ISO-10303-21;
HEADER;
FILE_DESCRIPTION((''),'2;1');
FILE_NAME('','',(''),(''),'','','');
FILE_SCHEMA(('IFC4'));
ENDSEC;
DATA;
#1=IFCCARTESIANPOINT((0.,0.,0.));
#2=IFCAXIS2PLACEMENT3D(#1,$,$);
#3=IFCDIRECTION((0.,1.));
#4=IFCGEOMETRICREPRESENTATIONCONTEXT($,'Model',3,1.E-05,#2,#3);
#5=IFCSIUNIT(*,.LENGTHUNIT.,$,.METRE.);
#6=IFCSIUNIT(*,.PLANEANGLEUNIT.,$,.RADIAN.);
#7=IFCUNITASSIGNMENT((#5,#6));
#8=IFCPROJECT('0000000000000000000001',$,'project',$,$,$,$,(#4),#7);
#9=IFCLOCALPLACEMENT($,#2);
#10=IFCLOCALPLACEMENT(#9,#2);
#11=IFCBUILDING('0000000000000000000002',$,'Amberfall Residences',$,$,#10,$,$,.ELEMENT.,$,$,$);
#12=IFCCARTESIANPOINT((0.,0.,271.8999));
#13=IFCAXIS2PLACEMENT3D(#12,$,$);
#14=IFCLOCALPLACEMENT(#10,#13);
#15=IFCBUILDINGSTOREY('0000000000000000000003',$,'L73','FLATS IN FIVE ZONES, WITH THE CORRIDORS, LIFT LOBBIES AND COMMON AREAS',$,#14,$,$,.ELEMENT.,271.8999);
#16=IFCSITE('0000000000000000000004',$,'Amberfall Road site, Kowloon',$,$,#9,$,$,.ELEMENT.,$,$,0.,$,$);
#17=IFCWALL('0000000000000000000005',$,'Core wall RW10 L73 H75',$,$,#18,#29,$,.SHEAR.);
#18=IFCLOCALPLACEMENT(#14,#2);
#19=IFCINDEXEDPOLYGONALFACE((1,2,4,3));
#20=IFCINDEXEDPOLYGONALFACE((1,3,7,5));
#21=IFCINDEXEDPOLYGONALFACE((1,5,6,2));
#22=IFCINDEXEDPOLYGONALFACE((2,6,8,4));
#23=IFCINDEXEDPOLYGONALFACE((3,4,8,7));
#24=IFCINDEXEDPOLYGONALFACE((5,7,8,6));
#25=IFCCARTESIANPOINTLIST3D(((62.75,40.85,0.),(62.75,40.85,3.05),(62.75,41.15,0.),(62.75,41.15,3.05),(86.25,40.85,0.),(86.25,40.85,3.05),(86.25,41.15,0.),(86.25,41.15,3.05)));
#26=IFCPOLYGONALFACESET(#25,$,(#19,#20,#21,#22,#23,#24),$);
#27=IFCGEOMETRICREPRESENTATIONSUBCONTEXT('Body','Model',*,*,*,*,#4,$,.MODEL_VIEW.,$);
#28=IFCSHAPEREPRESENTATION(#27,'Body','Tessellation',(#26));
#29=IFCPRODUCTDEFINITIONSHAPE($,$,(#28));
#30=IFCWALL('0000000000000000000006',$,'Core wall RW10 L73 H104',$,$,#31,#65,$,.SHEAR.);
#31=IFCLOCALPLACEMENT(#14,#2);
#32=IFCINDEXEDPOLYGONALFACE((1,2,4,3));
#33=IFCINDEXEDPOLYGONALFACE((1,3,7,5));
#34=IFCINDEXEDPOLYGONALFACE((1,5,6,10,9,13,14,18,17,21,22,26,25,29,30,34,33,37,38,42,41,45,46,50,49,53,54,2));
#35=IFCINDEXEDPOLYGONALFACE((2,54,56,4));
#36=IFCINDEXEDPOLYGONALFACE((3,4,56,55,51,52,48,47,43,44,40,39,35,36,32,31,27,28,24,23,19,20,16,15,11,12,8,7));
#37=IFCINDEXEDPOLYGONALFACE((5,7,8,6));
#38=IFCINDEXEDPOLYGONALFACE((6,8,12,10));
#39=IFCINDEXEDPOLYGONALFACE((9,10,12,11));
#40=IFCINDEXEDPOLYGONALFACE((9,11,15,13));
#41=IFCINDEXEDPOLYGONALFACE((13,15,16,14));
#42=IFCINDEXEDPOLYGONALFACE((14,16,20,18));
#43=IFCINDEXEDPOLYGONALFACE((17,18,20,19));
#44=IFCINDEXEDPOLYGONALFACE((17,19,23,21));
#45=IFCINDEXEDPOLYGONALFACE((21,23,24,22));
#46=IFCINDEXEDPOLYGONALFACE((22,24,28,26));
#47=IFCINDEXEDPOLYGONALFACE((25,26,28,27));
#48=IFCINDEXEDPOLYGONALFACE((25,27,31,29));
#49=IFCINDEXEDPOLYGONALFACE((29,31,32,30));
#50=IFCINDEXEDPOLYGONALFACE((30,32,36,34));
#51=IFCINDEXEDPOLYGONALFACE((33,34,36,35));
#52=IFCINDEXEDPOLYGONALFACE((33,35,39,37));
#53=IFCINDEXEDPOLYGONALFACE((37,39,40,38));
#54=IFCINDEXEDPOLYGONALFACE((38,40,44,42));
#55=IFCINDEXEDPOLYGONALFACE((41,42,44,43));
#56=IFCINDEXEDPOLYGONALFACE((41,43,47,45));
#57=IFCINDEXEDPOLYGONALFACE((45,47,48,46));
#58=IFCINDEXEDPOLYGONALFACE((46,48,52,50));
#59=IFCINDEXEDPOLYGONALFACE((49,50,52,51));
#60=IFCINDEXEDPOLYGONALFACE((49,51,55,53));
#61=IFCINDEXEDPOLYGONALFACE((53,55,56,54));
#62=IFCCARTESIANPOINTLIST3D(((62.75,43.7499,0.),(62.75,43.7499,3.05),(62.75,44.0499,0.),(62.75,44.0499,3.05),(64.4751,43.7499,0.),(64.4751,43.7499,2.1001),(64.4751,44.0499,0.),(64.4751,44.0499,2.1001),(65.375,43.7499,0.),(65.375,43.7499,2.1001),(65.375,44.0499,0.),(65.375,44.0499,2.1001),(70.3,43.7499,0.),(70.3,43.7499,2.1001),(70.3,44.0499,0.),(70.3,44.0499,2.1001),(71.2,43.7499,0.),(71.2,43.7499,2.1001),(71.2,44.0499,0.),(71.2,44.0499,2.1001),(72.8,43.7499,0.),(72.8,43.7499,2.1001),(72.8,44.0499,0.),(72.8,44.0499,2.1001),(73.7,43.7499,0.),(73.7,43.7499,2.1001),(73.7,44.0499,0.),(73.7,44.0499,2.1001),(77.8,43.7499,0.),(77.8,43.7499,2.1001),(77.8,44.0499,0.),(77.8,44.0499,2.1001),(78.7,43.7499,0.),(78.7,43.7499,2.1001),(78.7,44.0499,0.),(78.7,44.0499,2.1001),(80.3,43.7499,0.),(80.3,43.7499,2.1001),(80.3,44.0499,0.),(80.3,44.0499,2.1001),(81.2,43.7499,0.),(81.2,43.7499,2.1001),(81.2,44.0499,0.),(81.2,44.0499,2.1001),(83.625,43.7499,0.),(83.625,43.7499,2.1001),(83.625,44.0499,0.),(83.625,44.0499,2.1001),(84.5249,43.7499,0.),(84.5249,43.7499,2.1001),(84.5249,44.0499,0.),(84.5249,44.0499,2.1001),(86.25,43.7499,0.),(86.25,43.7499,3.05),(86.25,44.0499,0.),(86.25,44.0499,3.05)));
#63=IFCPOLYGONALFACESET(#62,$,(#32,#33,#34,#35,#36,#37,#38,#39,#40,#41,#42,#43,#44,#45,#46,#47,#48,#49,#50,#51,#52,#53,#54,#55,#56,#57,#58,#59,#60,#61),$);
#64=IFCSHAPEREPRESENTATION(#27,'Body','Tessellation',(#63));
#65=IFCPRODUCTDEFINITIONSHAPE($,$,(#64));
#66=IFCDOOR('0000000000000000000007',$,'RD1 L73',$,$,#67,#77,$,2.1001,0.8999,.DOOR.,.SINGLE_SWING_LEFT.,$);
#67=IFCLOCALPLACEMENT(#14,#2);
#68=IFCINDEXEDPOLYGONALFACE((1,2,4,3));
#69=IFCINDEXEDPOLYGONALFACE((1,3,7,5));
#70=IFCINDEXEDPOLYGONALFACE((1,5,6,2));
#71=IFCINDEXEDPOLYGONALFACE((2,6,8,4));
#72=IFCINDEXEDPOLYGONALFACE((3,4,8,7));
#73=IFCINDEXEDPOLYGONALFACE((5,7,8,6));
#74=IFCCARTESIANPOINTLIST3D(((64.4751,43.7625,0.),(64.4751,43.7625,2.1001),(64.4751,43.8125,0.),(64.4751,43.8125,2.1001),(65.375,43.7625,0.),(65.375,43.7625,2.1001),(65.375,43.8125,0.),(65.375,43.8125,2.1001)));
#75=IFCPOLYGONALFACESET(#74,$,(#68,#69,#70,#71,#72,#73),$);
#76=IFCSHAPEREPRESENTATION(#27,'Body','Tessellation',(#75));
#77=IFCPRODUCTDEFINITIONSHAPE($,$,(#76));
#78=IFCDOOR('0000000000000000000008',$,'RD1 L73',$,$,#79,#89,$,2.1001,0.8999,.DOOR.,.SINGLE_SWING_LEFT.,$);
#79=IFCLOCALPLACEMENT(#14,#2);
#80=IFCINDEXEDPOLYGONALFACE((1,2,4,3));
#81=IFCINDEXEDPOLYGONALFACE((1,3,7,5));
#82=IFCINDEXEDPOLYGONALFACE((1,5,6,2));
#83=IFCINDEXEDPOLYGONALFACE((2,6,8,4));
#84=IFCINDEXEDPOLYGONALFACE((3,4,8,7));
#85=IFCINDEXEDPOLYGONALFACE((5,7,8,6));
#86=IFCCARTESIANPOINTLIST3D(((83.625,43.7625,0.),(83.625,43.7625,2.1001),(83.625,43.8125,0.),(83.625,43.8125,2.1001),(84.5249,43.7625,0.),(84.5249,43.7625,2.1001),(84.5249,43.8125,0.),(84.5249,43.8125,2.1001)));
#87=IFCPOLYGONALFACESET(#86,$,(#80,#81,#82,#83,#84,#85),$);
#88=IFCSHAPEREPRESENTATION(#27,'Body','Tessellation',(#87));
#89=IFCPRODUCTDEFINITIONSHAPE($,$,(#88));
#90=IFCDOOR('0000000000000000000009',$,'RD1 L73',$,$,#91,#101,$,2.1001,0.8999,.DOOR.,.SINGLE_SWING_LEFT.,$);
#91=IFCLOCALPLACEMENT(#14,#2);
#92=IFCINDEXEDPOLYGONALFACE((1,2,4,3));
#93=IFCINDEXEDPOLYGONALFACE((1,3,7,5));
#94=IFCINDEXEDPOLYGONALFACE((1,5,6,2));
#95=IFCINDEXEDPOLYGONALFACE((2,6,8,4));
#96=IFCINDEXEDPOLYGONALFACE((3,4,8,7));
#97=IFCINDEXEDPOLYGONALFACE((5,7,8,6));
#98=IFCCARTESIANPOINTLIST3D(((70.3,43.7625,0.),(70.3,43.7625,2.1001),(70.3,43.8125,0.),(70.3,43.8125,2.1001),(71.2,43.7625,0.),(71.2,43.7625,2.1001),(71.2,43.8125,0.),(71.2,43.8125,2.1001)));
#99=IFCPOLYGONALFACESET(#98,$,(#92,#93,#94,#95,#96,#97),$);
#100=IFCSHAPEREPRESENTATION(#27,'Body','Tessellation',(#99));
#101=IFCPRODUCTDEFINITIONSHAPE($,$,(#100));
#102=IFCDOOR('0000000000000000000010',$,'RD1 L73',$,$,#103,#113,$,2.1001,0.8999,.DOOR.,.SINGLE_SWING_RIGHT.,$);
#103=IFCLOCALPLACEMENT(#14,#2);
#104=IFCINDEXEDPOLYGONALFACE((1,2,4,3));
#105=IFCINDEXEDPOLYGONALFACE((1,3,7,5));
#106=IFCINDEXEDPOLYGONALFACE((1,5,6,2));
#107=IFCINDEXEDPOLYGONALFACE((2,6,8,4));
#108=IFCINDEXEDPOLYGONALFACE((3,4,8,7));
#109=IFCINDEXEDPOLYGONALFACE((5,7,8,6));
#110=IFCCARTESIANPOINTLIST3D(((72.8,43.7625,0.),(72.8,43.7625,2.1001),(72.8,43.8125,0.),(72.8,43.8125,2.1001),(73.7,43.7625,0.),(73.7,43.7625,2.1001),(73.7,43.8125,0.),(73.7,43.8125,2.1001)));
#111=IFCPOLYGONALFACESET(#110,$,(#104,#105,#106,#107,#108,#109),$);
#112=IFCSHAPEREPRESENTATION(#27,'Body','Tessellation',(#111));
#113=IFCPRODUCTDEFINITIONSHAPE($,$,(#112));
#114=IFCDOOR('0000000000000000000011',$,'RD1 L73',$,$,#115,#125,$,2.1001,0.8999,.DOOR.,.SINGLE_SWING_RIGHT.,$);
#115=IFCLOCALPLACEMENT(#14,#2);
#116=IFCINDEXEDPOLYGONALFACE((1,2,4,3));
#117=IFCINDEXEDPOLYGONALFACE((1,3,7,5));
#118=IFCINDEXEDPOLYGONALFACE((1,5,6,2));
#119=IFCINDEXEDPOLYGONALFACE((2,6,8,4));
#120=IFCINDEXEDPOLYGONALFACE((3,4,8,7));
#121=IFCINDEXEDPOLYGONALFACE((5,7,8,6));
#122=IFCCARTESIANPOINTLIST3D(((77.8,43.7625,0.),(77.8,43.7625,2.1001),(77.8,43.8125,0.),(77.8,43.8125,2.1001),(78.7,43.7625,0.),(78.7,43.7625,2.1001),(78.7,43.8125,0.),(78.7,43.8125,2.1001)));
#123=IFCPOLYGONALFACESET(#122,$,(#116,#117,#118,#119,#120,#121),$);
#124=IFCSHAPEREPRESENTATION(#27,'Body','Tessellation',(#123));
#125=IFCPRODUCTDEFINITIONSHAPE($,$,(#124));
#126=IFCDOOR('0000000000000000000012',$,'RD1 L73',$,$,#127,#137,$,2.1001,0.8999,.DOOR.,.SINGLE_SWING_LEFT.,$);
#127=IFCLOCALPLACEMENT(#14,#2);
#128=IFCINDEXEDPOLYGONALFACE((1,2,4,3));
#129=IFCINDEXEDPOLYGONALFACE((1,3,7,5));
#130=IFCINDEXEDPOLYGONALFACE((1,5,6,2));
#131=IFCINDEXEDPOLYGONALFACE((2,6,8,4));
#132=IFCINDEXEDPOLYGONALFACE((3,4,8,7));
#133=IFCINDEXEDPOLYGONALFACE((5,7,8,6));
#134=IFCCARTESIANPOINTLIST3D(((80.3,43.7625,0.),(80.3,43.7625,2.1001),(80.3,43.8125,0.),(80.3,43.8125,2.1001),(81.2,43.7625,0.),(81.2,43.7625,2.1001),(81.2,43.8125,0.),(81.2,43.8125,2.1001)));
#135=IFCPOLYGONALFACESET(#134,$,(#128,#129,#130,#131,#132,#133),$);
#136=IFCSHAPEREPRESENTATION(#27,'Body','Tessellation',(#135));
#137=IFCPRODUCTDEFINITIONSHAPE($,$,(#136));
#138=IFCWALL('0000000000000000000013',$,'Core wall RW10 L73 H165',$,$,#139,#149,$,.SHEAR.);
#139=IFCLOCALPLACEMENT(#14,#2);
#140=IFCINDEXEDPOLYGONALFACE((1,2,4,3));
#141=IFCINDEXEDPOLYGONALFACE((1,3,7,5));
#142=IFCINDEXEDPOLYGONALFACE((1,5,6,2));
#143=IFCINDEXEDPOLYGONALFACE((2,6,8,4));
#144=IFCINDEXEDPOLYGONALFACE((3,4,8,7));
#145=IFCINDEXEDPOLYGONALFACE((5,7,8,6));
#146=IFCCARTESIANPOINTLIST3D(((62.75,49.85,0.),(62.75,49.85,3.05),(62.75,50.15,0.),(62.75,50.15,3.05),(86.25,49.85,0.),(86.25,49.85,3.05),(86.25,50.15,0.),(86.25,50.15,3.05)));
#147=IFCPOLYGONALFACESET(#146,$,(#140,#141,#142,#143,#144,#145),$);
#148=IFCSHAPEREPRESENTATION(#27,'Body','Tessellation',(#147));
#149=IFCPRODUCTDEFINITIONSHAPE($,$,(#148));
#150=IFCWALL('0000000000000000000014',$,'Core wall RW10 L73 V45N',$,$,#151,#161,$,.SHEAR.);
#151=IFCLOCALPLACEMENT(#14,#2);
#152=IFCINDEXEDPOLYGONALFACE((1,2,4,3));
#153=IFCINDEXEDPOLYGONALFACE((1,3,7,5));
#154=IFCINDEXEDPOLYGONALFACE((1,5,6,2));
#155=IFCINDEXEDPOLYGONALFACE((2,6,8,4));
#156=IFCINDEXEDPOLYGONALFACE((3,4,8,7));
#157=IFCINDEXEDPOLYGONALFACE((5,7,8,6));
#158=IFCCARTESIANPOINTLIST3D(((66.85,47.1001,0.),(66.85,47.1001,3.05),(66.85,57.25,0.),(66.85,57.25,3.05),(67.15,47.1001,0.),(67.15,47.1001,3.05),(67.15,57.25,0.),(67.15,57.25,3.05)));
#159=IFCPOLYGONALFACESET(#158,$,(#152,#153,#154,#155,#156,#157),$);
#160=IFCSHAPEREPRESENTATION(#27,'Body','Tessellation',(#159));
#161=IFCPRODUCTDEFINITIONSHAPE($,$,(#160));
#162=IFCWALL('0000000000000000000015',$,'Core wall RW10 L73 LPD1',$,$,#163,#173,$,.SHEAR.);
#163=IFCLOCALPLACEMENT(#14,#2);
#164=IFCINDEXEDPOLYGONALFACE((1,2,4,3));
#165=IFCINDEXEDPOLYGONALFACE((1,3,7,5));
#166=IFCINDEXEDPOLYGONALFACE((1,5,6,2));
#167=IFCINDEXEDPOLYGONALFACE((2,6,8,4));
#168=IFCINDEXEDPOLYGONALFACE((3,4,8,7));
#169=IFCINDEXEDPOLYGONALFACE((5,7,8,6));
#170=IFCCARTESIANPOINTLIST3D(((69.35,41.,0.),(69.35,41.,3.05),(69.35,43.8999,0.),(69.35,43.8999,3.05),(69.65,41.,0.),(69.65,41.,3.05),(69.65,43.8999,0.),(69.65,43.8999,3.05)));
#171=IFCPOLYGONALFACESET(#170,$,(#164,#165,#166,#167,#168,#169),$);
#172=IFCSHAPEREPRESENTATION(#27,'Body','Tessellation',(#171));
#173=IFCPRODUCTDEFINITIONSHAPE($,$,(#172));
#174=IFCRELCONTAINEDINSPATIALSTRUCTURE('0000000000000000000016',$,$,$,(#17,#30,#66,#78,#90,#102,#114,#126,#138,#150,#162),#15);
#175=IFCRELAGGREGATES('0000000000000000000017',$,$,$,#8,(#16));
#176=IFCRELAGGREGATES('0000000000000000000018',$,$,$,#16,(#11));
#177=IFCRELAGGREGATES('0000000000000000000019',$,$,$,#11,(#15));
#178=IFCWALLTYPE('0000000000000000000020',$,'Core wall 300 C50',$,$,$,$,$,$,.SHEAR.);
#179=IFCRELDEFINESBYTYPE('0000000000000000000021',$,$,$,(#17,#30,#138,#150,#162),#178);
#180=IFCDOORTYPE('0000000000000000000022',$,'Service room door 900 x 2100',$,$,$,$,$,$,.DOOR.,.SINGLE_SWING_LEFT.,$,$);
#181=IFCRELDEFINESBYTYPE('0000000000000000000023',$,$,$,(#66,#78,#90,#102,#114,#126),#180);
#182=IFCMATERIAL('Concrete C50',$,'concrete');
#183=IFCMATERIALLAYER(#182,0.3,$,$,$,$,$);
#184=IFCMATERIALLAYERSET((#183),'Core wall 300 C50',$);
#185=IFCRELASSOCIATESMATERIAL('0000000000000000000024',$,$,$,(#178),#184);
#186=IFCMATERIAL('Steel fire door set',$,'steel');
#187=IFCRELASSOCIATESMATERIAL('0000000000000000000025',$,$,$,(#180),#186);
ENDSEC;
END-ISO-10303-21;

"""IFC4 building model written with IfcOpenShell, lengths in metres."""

from ifc_helpers import new_model, si_unit, direction, frame, frame_2d, origin, place, context, subcontext, project, spatial, rectangle, extrude, material, layer, layer_set, type_object, element, fill, save


model = new_model("IFC4")

# Units and contexts
model_context = context("Model", 3, precision=1e-05, world=origin(), true_north=direction((0.0, 1.0)))
body_context = subcontext(model_context, "Body", "Model", "MODEL_VIEW")
ifc_project = project(units=[si_unit("LENGTHUNIT", "METRE"), si_unit("PLANEANGLEUNIT", "RADIAN")], contexts=[model_context])

# Site, building, storey
site_placement = place(None, origin())
site = spatial("IfcSite", under=ifc_project, at=site_placement, Name="Amberfall Road site, Kowloon", CompositionType="ELEMENT", RefElevation=0.0)
building_placement = place(site_placement, origin())
building = spatial("IfcBuilding", under=site, at=building_placement, Name="Amberfall Residences", CompositionType="ELEMENT")
storey_placement = place(building_placement, frame((0.0, 0.0, 271.8999)))
storey = spatial("IfcBuildingStorey", under=building, at=storey_placement, Name="L73", Description="FLATS IN FIVE ZONES, WITH THE CORRIDORS, LIFT LOBBIES AND COMMON AREAS", CompositionType="ELEMENT", Elevation=271.8999)

# Wall
ifc_material_1 = material(Name="Concrete C50", Category="concrete")
ifc_layer_1 = layer(ifc_material_1, 0.3)
ifc_layer_set_1 = layer_set([ifc_layer_1], Name="Core wall 300 C50")
wall_type_1 = type_object("IfcWallType", Name="Core wall 300 C50", PredefinedType="SHEAR", material=ifc_layer_set_1)
wall_1_placement = place(storey_placement, frame((62.75, 41.0, 0.0), z_axis=(0.0, 0.0, 1.0), x_axis=(1.0, 0.0, 0.0)))
element("IfcWall", 1, at=wall_1_placement, inside=storey, type_object=wall_type_1, Name="Core wall RW10 L73 H75", PredefinedType="SHEAR", context=body_context, shape_type="SweptSolid", body=[
    extrude(rectangle(XDim=23.5, YDim=0.3, at=frame_2d((11.75, 0.0))), origin(), (0.0, 0.0, 1.0), 3.05),
])

# Wall, openings, doors
wall_2_placement = place(storey_placement, frame((62.75, 43.8999, 0.0), z_axis=(0.0, 0.0, 1.0), x_axis=(1.0, 0.0, 0.0)))
wall_2 = element("IfcWall", 2, at=wall_2_placement, inside=storey, type_object=wall_type_1, Name="Core wall RW10 L73 H104", PredefinedType="SHEAR", context=body_context, shape_type="SweptSolid", body=[
    extrude(rectangle(XDim=23.5, YDim=0.3, at=frame_2d((11.75, 0.0))), origin(), (0.0, 0.0, 1.0), 3.05),
])
opening_1_placement = place(wall_2_placement, frame((1.7251, 0.0, 0.0)))
opening_1 = element("IfcOpeningElement", 3, at=opening_1_placement, cuts=wall_2, PredefinedType="OPENING", context=body_context, shape_type="SweptSolid", body=[
    extrude(rectangle(XDim=0.8999, YDim=2.1001, at=frame_2d((0.45, 1.05))), frame((0.0, 0.1599, 0.0), z_axis=(0.0, -1.0, 0.0), x_axis=(1.0, 0.0, 0.0)), (0.0, 0.0, 1.0), 0.3201),
])
opening_2_placement = place(wall_2_placement, frame((20.875, 0.0, 0.0)))
opening_2 = element("IfcOpeningElement", 4, at=opening_2_placement, cuts=wall_2, PredefinedType="OPENING", context=body_context, shape_type="SweptSolid", body=[
    extrude(rectangle(XDim=0.8999, YDim=2.1001, at=frame_2d((0.45, 1.05))), frame((0.0, 0.1599, 0.0), z_axis=(0.0, -1.0, 0.0), x_axis=(1.0, 0.0, 0.0)), (0.0, 0.0, 1.0), 0.3201),
])
opening_3_placement = place(wall_2_placement, frame((7.55, 0.0, 0.0)))
opening_3 = element("IfcOpeningElement", 5, at=opening_3_placement, cuts=wall_2, PredefinedType="OPENING", context=body_context, shape_type="SweptSolid", body=[
    extrude(rectangle(XDim=0.8999, YDim=2.1001, at=frame_2d((0.45, 1.05))), frame((0.0, 0.1599, 0.0), z_axis=(0.0, -1.0, 0.0), x_axis=(1.0, 0.0, 0.0)), (0.0, 0.0, 1.0), 0.3201),
])
opening_4_placement = place(wall_2_placement, frame((10.05, 0.0, 0.0)))
opening_4 = element("IfcOpeningElement", 6, at=opening_4_placement, cuts=wall_2, PredefinedType="OPENING", context=body_context, shape_type="SweptSolid", body=[
    extrude(rectangle(XDim=0.8999, YDim=2.1001, at=frame_2d((0.45, 1.05))), frame((0.0, 0.1599, 0.0), z_axis=(0.0, -1.0, 0.0), x_axis=(1.0, 0.0, 0.0)), (0.0, 0.0, 1.0), 0.3201),
])
opening_5_placement = place(wall_2_placement, frame((15.05, 0.0, 0.0)))
opening_5 = element("IfcOpeningElement", 7, at=opening_5_placement, cuts=wall_2, PredefinedType="OPENING", context=body_context, shape_type="SweptSolid", body=[
    extrude(rectangle(XDim=0.8999, YDim=2.1001, at=frame_2d((0.45, 1.05))), frame((0.0, 0.1599, 0.0), z_axis=(0.0, -1.0, 0.0), x_axis=(1.0, 0.0, 0.0)), (0.0, 0.0, 1.0), 0.3201),
])
opening_6_placement = place(wall_2_placement, frame((17.55, 0.0, 0.0)))
opening_6 = element("IfcOpeningElement", 8, at=opening_6_placement, cuts=wall_2, PredefinedType="OPENING", context=body_context, shape_type="SweptSolid", body=[
    extrude(rectangle(XDim=0.8999, YDim=2.1001, at=frame_2d((0.45, 1.05))), frame((0.0, 0.1599, 0.0), z_axis=(0.0, -1.0, 0.0), x_axis=(1.0, 0.0, 0.0)), (0.0, 0.0, 1.0), 0.3201),
])
ifc_material_2 = material(Name="Steel fire door set", Category="steel")
door_type_1 = type_object("IfcDoorType", Name="Service room door 900 x 2100", OperationType="SINGLE_SWING_LEFT", PredefinedType="DOOR", material=ifc_material_2)
door_1_placement = place(opening_1_placement, origin())
door_1 = element("IfcDoor", 9, at=door_1_placement, inside=storey, type_object=door_type_1, Name="RD1 L73", OperationType="SINGLE_SWING_LEFT", OverallHeight=2.1001, OverallWidth=0.8999, PredefinedType="DOOR", context=body_context, shape_type="SweptSolid", body=[
    extrude(rectangle(XDim=0.8999, YDim=2.1001, at=frame_2d((0.45, 1.05))), frame((0.0, -0.0874, 0.0), z_axis=(0.0, -1.0, 0.0), x_axis=(1.0, 0.0, 0.0)), (0.0, 0.0, 1.0), 0.05),
])
fill(opening_1, door_1)
door_2_placement = place(opening_2_placement, origin())
door_2 = element("IfcDoor", 10, at=door_2_placement, inside=storey, type_object=door_type_1, Name="RD1 L73", OperationType="SINGLE_SWING_LEFT", OverallHeight=2.1001, OverallWidth=0.8999, PredefinedType="DOOR", context=body_context, shape_type="SweptSolid", body=[
    extrude(rectangle(XDim=0.8999, YDim=2.1001, at=frame_2d((0.45, 1.05))), frame((0.0, -0.0874, 0.0), z_axis=(0.0, -1.0, 0.0), x_axis=(1.0, 0.0, 0.0)), (0.0, 0.0, 1.0), 0.05),
])
fill(opening_2, door_2)
door_3_placement = place(opening_3_placement, origin())
door_3 = element("IfcDoor", 11, at=door_3_placement, inside=storey, type_object=door_type_1, Name="RD1 L73", OperationType="SINGLE_SWING_LEFT", OverallHeight=2.1001, OverallWidth=0.8999, PredefinedType="DOOR", context=body_context, shape_type="SweptSolid", body=[
    extrude(rectangle(XDim=0.8999, YDim=2.1001, at=frame_2d((0.45, 1.05))), frame((0.0, -0.0874, 0.0), z_axis=(0.0, -1.0, 0.0), x_axis=(1.0, 0.0, 0.0)), (0.0, 0.0, 1.0), 0.05),
])
fill(opening_3, door_3)
door_4_placement = place(opening_4_placement, origin())
door_4 = element("IfcDoor", 12, at=door_4_placement, inside=storey, type_object=door_type_1, Name="RD1 L73", OperationType="SINGLE_SWING_RIGHT", OverallHeight=2.1001, OverallWidth=0.8999, PredefinedType="DOOR", context=body_context, shape_type="SweptSolid", body=[
    extrude(rectangle(XDim=0.8999, YDim=2.1001, at=frame_2d((0.45, 1.05))), frame((0.0, -0.0874, 0.0), z_axis=(0.0, -1.0, 0.0), x_axis=(1.0, 0.0, 0.0)), (0.0, 0.0, 1.0), 0.05),
])
fill(opening_4, door_4)
door_5_placement = place(opening_5_placement, origin())
door_5 = element("IfcDoor", 13, at=door_5_placement, inside=storey, type_object=door_type_1, Name="RD1 L73", OperationType="SINGLE_SWING_RIGHT", OverallHeight=2.1001, OverallWidth=0.8999, PredefinedType="DOOR", context=body_context, shape_type="SweptSolid", body=[
    extrude(rectangle(XDim=0.8999, YDim=2.1001, at=frame_2d((0.45, 1.05))), frame((0.0, -0.0874, 0.0), z_axis=(0.0, -1.0, 0.0), x_axis=(1.0, 0.0, 0.0)), (0.0, 0.0, 1.0), 0.05),
])
fill(opening_5, door_5)
door_6_placement = place(opening_6_placement, origin())
door_6 = element("IfcDoor", 14, at=door_6_placement, inside=storey, type_object=door_type_1, Name="RD1 L73", OperationType="SINGLE_SWING_LEFT", OverallHeight=2.1001, OverallWidth=0.8999, PredefinedType="DOOR", context=body_context, shape_type="SweptSolid", body=[
    extrude(rectangle(XDim=0.8999, YDim=2.1001, at=frame_2d((0.45, 1.05))), frame((0.0, -0.0874, 0.0), z_axis=(0.0, -1.0, 0.0), x_axis=(1.0, 0.0, 0.0)), (0.0, 0.0, 1.0), 0.05),
])
fill(opening_6, door_6)

# Walls
wall_3_placement = place(storey_placement, frame((62.75, 50.0, 0.0), z_axis=(0.0, 0.0, 1.0), x_axis=(1.0, 0.0, 0.0)))
element("IfcWall", 15, at=wall_3_placement, inside=storey, type_object=wall_type_1, Name="Core wall RW10 L73 H165", PredefinedType="SHEAR", context=body_context, shape_type="SweptSolid", body=[
    extrude(rectangle(XDim=23.5, YDim=0.3, at=frame_2d((11.75, 0.0))), origin(), (0.0, 0.0, 1.0), 3.05),
])
wall_4_placement = place(storey_placement, frame((67.0, 47.1001, 0.0), z_axis=(0.0, 0.0, 1.0), x_axis=(0.0, 1.0, 0.0)))
element("IfcWall", 16, at=wall_4_placement, inside=storey, type_object=wall_type_1, Name="Core wall RW10 L73 V45N", PredefinedType="SHEAR", context=body_context, shape_type="SweptSolid", body=[
    extrude(rectangle(XDim=10.1499, YDim=0.3, at=frame_2d((5.075, 0.0))), origin(), (0.0, 0.0, 1.0), 3.05),
])
for number, where, z_axis, x_axis, name in (
    (17, (69.5, 41.0, 0.0), (0.0, 0.0, 1.0), (0.0, 1.0, 0.0), "Core wall RW10 L73 LPD1"),
):
    element("IfcWall", number, at=place(storey_placement, frame(where, z_axis=z_axis, x_axis=x_axis)), inside=storey, type_object=wall_type_1, Name=name, PredefinedType="SHEAR", context=body_context, shape_type="SweptSolid", body=[
        extrude(rectangle(XDim=2.8999, YDim=0.3, at=frame_2d((1.45, 0.0))), origin(), (0.0, 0.0, 1.0), 3.05),
    ])

save(model, "model.ifc")
